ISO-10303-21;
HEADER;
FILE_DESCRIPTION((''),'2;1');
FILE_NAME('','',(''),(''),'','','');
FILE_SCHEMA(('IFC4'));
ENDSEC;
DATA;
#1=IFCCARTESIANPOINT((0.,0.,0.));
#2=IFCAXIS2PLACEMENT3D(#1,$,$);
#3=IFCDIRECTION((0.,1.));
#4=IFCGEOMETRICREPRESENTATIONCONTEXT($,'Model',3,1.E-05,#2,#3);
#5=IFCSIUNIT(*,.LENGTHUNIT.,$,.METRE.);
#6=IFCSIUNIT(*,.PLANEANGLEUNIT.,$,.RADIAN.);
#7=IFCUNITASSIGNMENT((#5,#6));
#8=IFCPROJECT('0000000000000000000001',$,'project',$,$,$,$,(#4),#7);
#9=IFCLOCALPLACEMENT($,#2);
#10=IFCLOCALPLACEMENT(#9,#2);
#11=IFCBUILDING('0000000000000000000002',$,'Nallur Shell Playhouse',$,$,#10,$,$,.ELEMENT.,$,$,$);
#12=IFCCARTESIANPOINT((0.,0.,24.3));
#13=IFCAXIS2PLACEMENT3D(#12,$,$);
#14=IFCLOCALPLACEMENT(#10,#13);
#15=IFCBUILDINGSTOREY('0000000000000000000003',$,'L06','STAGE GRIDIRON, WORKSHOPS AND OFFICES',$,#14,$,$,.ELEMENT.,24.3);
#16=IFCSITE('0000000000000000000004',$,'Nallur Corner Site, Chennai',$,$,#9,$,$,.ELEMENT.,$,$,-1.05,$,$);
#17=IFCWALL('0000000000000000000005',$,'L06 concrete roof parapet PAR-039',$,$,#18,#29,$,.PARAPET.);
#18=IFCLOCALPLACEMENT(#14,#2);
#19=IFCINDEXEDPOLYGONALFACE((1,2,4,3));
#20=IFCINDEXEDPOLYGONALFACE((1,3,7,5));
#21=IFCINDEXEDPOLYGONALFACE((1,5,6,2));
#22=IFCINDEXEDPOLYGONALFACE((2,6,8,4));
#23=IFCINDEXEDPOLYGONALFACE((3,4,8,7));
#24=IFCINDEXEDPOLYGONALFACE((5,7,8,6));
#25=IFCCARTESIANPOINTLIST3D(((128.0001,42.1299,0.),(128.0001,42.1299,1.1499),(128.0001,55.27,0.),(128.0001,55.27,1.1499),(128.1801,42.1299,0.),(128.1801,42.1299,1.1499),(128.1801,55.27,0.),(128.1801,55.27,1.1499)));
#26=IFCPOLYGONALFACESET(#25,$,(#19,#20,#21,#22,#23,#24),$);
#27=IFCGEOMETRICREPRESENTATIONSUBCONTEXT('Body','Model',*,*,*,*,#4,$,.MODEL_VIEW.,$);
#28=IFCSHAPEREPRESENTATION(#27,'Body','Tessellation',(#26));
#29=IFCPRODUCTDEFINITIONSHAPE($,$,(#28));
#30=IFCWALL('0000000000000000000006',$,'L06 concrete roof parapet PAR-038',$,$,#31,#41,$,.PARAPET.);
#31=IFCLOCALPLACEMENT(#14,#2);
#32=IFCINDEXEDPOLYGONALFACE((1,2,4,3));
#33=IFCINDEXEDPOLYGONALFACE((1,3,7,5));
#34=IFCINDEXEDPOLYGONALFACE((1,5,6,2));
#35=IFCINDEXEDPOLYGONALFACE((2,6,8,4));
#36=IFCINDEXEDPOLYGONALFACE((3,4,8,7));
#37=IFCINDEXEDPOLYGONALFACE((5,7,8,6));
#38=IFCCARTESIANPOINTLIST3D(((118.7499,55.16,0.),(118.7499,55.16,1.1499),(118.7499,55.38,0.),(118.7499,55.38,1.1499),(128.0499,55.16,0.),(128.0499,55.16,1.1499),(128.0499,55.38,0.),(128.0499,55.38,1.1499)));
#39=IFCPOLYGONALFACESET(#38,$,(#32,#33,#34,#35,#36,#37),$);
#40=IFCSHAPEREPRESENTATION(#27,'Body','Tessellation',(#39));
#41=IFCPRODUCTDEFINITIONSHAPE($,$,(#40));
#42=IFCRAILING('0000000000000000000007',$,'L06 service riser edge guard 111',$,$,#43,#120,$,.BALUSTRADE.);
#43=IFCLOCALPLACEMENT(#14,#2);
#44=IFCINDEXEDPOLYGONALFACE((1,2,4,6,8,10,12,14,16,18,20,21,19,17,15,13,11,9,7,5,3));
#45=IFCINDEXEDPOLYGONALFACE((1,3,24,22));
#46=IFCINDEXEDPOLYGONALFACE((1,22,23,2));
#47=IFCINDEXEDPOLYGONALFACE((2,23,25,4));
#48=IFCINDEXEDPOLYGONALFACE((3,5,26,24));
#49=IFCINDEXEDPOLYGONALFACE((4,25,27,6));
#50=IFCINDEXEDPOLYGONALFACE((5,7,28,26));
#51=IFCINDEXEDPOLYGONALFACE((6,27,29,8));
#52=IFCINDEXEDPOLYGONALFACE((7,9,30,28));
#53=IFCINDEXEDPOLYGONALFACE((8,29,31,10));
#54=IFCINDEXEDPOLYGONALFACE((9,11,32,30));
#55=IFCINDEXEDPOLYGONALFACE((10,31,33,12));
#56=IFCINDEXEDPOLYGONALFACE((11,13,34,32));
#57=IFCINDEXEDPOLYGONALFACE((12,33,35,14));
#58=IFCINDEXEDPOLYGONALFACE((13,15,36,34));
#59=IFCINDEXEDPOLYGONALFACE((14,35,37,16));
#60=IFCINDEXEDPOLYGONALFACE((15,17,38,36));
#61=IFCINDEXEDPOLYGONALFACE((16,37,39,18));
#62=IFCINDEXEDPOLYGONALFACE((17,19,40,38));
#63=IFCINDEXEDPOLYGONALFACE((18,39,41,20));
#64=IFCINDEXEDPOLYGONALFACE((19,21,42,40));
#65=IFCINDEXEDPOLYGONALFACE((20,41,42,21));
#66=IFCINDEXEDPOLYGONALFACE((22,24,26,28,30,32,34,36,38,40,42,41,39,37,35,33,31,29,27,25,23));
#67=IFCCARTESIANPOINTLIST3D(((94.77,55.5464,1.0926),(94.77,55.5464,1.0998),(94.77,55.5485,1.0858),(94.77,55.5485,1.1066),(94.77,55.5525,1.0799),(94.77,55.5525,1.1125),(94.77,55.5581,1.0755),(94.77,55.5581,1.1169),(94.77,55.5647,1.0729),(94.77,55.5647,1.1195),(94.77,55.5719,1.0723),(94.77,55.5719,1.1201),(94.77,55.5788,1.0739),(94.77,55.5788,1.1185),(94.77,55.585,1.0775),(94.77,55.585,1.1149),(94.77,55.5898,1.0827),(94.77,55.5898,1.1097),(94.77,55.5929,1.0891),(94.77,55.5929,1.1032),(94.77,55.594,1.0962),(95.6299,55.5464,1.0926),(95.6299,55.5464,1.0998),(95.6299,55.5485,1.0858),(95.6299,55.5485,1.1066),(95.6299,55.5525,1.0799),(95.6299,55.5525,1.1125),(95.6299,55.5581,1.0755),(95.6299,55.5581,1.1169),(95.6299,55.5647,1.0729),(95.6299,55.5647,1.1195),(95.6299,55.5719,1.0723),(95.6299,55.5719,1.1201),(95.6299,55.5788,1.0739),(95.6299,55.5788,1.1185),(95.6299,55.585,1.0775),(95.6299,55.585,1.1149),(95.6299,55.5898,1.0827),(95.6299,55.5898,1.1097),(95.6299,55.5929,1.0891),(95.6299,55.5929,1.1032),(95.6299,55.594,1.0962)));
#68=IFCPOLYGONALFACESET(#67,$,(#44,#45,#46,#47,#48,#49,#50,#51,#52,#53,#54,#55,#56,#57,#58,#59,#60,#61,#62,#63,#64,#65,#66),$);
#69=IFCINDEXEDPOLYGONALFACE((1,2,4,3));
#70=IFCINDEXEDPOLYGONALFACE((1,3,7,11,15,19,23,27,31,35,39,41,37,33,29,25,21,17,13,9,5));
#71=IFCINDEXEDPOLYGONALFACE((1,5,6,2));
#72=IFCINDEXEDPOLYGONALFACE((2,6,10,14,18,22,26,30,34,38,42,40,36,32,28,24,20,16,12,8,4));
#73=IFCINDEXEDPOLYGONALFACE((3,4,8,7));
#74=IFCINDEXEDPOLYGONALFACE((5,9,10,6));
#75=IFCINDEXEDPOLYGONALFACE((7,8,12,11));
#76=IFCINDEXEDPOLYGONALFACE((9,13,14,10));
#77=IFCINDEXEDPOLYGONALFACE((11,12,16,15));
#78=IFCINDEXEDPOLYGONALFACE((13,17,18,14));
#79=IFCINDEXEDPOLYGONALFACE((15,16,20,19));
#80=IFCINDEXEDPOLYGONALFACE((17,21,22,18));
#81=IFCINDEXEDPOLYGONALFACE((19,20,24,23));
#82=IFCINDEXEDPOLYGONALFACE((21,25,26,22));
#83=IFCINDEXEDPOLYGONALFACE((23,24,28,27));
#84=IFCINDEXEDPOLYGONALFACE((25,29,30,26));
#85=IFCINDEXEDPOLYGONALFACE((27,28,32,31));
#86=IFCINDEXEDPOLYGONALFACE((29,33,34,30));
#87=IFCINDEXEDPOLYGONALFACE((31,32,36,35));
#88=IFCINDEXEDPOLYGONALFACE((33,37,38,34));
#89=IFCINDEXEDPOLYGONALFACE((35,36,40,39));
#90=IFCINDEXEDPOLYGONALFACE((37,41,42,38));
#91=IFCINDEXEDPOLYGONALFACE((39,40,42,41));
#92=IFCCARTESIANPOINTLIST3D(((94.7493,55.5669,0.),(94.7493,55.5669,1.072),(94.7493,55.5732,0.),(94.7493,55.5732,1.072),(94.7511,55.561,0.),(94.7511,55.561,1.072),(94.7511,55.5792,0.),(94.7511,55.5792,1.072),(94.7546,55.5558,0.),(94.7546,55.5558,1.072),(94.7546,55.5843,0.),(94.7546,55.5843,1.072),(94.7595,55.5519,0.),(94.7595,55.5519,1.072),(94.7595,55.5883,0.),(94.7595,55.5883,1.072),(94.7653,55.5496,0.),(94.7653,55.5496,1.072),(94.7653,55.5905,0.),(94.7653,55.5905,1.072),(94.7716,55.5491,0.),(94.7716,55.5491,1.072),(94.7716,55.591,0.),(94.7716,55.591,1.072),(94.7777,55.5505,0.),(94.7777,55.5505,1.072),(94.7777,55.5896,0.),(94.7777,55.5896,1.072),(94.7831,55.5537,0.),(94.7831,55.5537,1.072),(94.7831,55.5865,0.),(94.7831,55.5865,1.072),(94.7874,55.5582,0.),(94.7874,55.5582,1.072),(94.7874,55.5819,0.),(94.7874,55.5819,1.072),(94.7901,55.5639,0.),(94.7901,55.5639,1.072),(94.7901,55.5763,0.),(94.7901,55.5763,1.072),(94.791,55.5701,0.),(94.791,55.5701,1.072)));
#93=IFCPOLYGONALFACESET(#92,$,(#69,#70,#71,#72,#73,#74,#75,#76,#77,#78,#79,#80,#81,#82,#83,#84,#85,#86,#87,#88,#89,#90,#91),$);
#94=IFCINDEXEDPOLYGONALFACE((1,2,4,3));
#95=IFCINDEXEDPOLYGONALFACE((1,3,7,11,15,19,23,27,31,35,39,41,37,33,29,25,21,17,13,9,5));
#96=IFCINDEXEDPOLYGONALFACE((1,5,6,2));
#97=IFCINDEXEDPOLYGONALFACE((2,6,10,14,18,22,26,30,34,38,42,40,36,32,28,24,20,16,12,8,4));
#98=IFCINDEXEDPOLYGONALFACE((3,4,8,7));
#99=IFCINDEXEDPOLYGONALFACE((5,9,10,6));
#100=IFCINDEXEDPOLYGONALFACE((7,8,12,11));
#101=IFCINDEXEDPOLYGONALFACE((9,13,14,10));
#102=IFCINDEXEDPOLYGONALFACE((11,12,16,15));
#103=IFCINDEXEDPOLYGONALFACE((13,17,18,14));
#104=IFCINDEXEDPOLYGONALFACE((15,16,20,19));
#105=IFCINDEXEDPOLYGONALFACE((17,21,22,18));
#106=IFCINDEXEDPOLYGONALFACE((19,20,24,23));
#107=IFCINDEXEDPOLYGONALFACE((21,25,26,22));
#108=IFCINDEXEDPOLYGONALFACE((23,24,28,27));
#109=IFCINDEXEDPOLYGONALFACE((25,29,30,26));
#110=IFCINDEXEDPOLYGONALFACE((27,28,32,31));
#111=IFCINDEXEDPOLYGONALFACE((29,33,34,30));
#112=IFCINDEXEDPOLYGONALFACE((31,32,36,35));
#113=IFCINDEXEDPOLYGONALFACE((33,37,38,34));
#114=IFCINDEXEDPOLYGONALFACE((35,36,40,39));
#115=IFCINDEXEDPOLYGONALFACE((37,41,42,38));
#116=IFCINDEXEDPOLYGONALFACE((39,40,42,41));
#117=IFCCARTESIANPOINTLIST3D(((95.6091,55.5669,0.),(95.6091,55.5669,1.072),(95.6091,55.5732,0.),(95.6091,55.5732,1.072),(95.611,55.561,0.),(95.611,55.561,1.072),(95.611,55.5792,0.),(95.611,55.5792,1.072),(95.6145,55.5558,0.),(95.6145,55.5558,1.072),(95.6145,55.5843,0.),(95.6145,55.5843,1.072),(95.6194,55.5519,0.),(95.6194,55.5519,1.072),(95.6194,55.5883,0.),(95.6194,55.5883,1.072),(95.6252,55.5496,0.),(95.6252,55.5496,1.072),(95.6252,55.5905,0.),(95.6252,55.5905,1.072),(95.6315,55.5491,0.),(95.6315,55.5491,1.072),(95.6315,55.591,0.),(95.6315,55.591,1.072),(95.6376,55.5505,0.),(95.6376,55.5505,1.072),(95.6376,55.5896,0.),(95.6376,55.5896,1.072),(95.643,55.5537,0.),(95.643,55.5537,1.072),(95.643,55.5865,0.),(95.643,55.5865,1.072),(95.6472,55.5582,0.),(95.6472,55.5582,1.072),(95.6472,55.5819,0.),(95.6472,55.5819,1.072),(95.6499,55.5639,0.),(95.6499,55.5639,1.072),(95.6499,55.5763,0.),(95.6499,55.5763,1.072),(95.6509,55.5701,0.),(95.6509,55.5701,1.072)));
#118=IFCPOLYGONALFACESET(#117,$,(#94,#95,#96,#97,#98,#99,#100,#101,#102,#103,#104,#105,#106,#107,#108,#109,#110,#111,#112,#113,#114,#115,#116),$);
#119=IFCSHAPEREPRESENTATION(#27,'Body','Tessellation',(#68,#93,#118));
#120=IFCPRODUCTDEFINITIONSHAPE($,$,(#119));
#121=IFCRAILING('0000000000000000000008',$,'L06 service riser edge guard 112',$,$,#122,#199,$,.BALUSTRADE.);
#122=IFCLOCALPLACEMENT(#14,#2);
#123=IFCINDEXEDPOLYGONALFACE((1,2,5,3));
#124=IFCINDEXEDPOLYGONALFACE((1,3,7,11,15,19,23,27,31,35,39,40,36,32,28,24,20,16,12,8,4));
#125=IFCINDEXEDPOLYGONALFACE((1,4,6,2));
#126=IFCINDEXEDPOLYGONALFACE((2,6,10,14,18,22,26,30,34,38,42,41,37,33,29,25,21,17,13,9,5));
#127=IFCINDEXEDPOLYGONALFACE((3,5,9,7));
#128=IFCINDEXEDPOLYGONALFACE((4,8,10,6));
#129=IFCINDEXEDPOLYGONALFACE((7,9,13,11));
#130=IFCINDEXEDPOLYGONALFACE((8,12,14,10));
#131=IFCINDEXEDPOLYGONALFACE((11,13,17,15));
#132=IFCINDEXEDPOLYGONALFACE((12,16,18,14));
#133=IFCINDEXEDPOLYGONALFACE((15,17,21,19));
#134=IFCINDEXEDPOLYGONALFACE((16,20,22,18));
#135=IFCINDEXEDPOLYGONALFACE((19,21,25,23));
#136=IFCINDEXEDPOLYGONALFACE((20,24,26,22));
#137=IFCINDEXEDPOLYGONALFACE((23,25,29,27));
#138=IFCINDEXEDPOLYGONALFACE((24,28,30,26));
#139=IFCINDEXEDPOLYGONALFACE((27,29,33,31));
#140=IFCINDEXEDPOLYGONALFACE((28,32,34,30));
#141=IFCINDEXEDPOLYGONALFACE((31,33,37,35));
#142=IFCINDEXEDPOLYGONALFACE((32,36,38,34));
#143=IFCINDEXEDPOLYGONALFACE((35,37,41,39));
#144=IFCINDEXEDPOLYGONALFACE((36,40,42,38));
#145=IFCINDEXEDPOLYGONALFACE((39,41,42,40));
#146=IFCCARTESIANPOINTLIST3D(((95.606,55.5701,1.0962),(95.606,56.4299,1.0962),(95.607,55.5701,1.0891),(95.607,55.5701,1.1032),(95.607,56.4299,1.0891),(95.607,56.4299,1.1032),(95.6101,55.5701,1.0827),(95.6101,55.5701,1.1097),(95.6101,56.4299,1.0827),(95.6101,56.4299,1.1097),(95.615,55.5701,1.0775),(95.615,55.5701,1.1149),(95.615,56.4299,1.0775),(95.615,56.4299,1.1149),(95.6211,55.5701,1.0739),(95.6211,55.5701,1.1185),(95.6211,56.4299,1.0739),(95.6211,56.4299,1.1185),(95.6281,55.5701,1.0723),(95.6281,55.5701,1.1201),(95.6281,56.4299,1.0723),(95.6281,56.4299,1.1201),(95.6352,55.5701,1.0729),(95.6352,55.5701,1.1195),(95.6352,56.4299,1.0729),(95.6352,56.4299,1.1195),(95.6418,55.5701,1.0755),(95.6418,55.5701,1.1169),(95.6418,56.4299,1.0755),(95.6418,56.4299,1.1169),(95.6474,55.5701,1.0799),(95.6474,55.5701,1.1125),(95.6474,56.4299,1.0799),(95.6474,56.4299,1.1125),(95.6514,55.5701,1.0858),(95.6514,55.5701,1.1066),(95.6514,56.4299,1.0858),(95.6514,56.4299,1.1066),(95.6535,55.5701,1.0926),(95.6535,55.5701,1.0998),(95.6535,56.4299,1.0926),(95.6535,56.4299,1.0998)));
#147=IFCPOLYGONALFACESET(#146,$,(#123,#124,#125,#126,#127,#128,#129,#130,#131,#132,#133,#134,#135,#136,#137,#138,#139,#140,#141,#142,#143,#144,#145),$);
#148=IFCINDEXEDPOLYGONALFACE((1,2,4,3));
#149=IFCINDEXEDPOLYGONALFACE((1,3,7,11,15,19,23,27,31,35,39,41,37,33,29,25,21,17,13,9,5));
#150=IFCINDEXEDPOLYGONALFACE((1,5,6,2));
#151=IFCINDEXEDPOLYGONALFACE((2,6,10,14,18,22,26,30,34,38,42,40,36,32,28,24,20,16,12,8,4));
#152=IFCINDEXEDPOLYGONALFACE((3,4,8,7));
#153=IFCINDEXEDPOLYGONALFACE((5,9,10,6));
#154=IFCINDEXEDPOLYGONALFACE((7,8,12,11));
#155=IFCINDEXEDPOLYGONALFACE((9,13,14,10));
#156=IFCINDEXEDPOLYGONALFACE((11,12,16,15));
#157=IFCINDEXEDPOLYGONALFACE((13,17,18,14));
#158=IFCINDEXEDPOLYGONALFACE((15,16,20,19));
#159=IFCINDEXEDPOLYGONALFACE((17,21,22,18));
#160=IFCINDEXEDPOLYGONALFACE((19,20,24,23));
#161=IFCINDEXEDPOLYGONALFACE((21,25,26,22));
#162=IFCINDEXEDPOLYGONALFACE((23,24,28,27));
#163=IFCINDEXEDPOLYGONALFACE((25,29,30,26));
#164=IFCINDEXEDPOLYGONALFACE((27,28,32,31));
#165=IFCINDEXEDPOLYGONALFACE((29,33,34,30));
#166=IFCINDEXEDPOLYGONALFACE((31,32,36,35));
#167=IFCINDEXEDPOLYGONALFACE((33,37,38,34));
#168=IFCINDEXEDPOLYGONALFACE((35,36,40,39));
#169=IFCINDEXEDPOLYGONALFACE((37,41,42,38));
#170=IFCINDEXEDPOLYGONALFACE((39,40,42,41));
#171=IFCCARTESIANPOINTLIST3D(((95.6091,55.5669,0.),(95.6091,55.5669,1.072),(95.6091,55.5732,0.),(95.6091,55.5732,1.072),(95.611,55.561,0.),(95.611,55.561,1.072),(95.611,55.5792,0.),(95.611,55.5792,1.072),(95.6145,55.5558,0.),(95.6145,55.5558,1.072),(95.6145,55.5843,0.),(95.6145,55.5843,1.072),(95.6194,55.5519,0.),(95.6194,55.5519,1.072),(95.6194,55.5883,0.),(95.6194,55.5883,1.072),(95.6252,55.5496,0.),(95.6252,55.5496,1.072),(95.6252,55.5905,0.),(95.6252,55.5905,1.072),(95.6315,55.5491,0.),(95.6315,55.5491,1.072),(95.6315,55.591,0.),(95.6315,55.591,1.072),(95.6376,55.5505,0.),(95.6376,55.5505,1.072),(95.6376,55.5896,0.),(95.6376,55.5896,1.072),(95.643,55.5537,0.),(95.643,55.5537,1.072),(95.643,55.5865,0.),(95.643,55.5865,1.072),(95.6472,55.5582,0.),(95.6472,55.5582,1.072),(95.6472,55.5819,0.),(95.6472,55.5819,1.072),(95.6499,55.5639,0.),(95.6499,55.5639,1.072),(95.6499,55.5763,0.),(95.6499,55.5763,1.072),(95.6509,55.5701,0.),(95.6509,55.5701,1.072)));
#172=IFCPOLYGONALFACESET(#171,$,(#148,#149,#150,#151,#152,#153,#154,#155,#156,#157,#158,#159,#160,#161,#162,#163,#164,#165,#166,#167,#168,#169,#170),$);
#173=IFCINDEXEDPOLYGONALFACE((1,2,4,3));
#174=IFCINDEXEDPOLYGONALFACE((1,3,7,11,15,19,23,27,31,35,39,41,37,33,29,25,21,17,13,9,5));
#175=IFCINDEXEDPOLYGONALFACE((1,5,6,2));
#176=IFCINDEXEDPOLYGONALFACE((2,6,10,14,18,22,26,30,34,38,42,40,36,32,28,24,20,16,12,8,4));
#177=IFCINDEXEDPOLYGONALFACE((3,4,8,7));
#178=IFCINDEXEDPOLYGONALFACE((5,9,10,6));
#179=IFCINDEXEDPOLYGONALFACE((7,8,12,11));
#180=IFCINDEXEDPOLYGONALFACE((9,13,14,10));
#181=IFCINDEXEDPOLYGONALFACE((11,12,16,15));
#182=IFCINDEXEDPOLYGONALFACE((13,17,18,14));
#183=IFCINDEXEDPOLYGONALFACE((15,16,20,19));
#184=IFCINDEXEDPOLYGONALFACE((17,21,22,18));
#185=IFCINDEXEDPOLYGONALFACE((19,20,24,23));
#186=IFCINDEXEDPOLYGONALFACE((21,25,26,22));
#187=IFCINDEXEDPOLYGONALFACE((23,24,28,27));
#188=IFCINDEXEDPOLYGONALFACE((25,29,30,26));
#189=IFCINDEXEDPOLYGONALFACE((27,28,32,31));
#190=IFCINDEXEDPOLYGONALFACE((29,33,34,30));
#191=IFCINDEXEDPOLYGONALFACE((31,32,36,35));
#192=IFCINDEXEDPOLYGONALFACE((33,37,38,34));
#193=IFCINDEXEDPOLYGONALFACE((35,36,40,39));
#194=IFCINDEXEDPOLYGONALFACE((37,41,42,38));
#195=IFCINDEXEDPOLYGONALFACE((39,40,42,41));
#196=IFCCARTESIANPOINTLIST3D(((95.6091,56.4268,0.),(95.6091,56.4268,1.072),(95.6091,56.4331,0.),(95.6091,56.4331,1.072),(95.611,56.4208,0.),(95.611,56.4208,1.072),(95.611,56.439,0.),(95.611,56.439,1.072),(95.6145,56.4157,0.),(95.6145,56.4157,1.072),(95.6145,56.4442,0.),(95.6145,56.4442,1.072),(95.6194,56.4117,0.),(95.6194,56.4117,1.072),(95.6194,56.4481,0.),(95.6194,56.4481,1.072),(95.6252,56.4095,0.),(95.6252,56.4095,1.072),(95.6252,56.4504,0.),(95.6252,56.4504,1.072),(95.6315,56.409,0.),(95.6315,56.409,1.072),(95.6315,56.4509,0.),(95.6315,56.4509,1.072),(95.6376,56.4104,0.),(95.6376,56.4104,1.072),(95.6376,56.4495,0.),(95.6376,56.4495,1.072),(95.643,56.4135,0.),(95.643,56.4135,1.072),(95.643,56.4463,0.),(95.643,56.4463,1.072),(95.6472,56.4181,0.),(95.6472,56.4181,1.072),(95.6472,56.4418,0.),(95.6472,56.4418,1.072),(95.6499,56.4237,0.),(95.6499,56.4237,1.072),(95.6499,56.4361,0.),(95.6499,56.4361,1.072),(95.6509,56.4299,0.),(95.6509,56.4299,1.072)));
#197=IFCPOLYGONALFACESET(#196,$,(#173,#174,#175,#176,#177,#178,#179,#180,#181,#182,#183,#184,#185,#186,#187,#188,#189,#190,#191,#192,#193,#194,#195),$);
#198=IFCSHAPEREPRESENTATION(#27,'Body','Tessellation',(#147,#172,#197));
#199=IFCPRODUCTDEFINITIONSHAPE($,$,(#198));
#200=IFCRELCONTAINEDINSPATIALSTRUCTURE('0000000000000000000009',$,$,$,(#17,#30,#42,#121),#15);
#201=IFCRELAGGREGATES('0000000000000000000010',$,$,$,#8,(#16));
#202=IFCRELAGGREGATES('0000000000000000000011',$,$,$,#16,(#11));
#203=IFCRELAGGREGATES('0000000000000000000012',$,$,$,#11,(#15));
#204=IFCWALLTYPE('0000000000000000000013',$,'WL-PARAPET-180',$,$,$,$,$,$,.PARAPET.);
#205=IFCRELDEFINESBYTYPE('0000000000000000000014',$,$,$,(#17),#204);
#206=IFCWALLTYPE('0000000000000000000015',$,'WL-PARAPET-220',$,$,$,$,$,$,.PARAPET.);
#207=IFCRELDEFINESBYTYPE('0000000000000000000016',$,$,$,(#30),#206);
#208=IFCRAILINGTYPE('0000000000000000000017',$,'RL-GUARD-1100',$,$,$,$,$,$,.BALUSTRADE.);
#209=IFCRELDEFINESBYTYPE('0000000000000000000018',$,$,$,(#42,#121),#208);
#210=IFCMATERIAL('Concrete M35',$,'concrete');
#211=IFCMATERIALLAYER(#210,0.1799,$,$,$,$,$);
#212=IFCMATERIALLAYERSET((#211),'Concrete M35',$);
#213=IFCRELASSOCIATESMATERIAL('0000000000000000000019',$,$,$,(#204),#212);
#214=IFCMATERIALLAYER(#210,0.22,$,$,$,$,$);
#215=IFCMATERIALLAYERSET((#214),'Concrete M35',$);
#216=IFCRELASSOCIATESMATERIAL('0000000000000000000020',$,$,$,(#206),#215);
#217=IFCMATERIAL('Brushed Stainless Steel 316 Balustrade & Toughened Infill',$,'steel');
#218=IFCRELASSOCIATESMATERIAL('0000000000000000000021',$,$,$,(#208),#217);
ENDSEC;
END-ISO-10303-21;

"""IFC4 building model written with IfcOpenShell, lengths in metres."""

from ifc_helpers import new_model, si_unit, direction, frame, frame_2d, origin, origin_2d, place, context, subcontext, project, spatial, rectangle, circle, extrude, material, layer, layer_set, type_object, element, save


model = new_model("IFC4")

# Units and contexts
model_context = context("Model", 3, precision=1e-05, world=origin(), true_north=direction((0.0, 1.0)))
body_context = subcontext(model_context, "Body", "Model", "MODEL_VIEW")
ifc_project = project(units=[si_unit("LENGTHUNIT", "METRE"), si_unit("PLANEANGLEUNIT", "RADIAN")], contexts=[model_context])

# Site, building, storey
site_placement = place(None, origin())
site = spatial("IfcSite", under=ifc_project, at=site_placement, Name="Nallur Corner Site, Chennai", CompositionType="ELEMENT", RefElevation=-1.05)
building_placement = place(site_placement, origin())
building = spatial("IfcBuilding", under=site, at=building_placement, Name="Nallur Shell Playhouse", CompositionType="ELEMENT")
storey_placement = place(building_placement, frame((0.0, 0.0, 24.3)))
storey = spatial("IfcBuildingStorey", under=building, at=storey_placement, Name="L06", Description="STAGE GRIDIRON, WORKSHOPS AND OFFICES", CompositionType="ELEMENT", Elevation=24.3)

# Shared definitions
ifc_material_1 = material(Name="Concrete M35", Category="concrete")

# Walls
ifc_layer_1 = layer(ifc_material_1, 0.1799)
ifc_layer_set_1 = layer_set([ifc_layer_1], Name="Concrete M35")
wall_type_1 = type_object("IfcWallType", Name="WL-PARAPET-180", PredefinedType="PARAPET", material=ifc_layer_set_1)
wall_1_placement = place(storey_placement, frame((128.0901, 55.27, 0.0), z_axis=(0.0, 0.0, 1.0), x_axis=(0.0, -1.0, 0.0)))
element("IfcWall", 1, at=wall_1_placement, inside=storey, type_object=wall_type_1, Name="L06 concrete roof parapet PAR-039", PredefinedType="PARAPET", context=body_context, shape_type="SweptSolid", body=[
    extrude(rectangle(XDim=13.1401, YDim=0.1799, at=frame_2d((6.5701, 0.0))), origin(), (0.0, 0.0, 1.0), 1.1499),
])
ifc_layer_2 = layer(ifc_material_1, 0.22)
ifc_layer_set_2 = layer_set([ifc_layer_2], Name="Concrete M35")
wall_type_2 = type_object("IfcWallType", Name="WL-PARAPET-220", PredefinedType="PARAPET", material=ifc_layer_set_2)
wall_2_placement = place(storey_placement, frame((118.75, 55.27, 0.0), z_axis=(0.0, 0.0, 1.0), x_axis=(1.0, 0.0, 0.0)))
element("IfcWall", 2, at=wall_2_placement, inside=storey, type_object=wall_type_2, Name="L06 concrete roof parapet PAR-038", PredefinedType="PARAPET", context=body_context, shape_type="SweptSolid", body=[
    extrude(rectangle(XDim=9.3, YDim=0.22, at=frame_2d((4.6499, 0.0))), origin(), (0.0, 0.0, 1.0), 1.1499),
])

# Railings
ifc_material_2 = material(Name="Brushed Stainless Steel 316 Balustrade & Toughened Infill", Category="steel")
railing_type = type_object("IfcRailingType", Name="RL-GUARD-1100", PredefinedType="BALUSTRADE", material=ifc_material_2)
railing_1_placement = place(storey_placement, frame((94.77, 55.5701, 0.0)))
element("IfcRailing", 3, at=railing_1_placement, inside=storey, type_object=railing_type, Name="L06 service riser edge guard 111", PredefinedType="BALUSTRADE", context=body_context, shape_type="SweptSolid", body=[
    extrude(circle(Radius=0.0239, at=origin_2d()), frame((0.0, 0.0, 1.0962), z_axis=(1.0, 0.0, 0.0), x_axis=(0.0, 1.0, 0.0)), (0.0, 0.0, 1.0), 0.8599),
    extrude(circle(Radius=0.021, at=origin_2d()), origin(), (0.0, 0.0, 1.0), 1.072),
    extrude(circle(Radius=0.021, at=origin_2d()), frame((0.8599, 0.0, 0.0)), (0.0, 0.0, 1.0), 1.072),
])
railing_2_placement = place(storey_placement, frame((95.6299, 55.5701, 0.0)))
element("IfcRailing", 4, at=railing_2_placement, inside=storey, type_object=railing_type, Name="L06 service riser edge guard 112", PredefinedType="BALUSTRADE", context=body_context, shape_type="SweptSolid", body=[
    extrude(circle(Radius=0.0239, at=origin_2d()), frame((0.0, 0.0, 1.0962), z_axis=(0.0, 1.0, 0.0), x_axis=(-1.0, 0.0, 0.0)), (0.0, 0.0, 1.0), 0.8599),
    extrude(circle(Radius=0.021, at=origin_2d()), origin(), (0.0, 0.0, 1.0), 1.072),
    extrude(circle(Radius=0.021, at=origin_2d()), frame((0.0, 0.8599, 0.0)), (0.0, 0.0, 1.0), 1.072),
])

save(model, "model.ifc")
